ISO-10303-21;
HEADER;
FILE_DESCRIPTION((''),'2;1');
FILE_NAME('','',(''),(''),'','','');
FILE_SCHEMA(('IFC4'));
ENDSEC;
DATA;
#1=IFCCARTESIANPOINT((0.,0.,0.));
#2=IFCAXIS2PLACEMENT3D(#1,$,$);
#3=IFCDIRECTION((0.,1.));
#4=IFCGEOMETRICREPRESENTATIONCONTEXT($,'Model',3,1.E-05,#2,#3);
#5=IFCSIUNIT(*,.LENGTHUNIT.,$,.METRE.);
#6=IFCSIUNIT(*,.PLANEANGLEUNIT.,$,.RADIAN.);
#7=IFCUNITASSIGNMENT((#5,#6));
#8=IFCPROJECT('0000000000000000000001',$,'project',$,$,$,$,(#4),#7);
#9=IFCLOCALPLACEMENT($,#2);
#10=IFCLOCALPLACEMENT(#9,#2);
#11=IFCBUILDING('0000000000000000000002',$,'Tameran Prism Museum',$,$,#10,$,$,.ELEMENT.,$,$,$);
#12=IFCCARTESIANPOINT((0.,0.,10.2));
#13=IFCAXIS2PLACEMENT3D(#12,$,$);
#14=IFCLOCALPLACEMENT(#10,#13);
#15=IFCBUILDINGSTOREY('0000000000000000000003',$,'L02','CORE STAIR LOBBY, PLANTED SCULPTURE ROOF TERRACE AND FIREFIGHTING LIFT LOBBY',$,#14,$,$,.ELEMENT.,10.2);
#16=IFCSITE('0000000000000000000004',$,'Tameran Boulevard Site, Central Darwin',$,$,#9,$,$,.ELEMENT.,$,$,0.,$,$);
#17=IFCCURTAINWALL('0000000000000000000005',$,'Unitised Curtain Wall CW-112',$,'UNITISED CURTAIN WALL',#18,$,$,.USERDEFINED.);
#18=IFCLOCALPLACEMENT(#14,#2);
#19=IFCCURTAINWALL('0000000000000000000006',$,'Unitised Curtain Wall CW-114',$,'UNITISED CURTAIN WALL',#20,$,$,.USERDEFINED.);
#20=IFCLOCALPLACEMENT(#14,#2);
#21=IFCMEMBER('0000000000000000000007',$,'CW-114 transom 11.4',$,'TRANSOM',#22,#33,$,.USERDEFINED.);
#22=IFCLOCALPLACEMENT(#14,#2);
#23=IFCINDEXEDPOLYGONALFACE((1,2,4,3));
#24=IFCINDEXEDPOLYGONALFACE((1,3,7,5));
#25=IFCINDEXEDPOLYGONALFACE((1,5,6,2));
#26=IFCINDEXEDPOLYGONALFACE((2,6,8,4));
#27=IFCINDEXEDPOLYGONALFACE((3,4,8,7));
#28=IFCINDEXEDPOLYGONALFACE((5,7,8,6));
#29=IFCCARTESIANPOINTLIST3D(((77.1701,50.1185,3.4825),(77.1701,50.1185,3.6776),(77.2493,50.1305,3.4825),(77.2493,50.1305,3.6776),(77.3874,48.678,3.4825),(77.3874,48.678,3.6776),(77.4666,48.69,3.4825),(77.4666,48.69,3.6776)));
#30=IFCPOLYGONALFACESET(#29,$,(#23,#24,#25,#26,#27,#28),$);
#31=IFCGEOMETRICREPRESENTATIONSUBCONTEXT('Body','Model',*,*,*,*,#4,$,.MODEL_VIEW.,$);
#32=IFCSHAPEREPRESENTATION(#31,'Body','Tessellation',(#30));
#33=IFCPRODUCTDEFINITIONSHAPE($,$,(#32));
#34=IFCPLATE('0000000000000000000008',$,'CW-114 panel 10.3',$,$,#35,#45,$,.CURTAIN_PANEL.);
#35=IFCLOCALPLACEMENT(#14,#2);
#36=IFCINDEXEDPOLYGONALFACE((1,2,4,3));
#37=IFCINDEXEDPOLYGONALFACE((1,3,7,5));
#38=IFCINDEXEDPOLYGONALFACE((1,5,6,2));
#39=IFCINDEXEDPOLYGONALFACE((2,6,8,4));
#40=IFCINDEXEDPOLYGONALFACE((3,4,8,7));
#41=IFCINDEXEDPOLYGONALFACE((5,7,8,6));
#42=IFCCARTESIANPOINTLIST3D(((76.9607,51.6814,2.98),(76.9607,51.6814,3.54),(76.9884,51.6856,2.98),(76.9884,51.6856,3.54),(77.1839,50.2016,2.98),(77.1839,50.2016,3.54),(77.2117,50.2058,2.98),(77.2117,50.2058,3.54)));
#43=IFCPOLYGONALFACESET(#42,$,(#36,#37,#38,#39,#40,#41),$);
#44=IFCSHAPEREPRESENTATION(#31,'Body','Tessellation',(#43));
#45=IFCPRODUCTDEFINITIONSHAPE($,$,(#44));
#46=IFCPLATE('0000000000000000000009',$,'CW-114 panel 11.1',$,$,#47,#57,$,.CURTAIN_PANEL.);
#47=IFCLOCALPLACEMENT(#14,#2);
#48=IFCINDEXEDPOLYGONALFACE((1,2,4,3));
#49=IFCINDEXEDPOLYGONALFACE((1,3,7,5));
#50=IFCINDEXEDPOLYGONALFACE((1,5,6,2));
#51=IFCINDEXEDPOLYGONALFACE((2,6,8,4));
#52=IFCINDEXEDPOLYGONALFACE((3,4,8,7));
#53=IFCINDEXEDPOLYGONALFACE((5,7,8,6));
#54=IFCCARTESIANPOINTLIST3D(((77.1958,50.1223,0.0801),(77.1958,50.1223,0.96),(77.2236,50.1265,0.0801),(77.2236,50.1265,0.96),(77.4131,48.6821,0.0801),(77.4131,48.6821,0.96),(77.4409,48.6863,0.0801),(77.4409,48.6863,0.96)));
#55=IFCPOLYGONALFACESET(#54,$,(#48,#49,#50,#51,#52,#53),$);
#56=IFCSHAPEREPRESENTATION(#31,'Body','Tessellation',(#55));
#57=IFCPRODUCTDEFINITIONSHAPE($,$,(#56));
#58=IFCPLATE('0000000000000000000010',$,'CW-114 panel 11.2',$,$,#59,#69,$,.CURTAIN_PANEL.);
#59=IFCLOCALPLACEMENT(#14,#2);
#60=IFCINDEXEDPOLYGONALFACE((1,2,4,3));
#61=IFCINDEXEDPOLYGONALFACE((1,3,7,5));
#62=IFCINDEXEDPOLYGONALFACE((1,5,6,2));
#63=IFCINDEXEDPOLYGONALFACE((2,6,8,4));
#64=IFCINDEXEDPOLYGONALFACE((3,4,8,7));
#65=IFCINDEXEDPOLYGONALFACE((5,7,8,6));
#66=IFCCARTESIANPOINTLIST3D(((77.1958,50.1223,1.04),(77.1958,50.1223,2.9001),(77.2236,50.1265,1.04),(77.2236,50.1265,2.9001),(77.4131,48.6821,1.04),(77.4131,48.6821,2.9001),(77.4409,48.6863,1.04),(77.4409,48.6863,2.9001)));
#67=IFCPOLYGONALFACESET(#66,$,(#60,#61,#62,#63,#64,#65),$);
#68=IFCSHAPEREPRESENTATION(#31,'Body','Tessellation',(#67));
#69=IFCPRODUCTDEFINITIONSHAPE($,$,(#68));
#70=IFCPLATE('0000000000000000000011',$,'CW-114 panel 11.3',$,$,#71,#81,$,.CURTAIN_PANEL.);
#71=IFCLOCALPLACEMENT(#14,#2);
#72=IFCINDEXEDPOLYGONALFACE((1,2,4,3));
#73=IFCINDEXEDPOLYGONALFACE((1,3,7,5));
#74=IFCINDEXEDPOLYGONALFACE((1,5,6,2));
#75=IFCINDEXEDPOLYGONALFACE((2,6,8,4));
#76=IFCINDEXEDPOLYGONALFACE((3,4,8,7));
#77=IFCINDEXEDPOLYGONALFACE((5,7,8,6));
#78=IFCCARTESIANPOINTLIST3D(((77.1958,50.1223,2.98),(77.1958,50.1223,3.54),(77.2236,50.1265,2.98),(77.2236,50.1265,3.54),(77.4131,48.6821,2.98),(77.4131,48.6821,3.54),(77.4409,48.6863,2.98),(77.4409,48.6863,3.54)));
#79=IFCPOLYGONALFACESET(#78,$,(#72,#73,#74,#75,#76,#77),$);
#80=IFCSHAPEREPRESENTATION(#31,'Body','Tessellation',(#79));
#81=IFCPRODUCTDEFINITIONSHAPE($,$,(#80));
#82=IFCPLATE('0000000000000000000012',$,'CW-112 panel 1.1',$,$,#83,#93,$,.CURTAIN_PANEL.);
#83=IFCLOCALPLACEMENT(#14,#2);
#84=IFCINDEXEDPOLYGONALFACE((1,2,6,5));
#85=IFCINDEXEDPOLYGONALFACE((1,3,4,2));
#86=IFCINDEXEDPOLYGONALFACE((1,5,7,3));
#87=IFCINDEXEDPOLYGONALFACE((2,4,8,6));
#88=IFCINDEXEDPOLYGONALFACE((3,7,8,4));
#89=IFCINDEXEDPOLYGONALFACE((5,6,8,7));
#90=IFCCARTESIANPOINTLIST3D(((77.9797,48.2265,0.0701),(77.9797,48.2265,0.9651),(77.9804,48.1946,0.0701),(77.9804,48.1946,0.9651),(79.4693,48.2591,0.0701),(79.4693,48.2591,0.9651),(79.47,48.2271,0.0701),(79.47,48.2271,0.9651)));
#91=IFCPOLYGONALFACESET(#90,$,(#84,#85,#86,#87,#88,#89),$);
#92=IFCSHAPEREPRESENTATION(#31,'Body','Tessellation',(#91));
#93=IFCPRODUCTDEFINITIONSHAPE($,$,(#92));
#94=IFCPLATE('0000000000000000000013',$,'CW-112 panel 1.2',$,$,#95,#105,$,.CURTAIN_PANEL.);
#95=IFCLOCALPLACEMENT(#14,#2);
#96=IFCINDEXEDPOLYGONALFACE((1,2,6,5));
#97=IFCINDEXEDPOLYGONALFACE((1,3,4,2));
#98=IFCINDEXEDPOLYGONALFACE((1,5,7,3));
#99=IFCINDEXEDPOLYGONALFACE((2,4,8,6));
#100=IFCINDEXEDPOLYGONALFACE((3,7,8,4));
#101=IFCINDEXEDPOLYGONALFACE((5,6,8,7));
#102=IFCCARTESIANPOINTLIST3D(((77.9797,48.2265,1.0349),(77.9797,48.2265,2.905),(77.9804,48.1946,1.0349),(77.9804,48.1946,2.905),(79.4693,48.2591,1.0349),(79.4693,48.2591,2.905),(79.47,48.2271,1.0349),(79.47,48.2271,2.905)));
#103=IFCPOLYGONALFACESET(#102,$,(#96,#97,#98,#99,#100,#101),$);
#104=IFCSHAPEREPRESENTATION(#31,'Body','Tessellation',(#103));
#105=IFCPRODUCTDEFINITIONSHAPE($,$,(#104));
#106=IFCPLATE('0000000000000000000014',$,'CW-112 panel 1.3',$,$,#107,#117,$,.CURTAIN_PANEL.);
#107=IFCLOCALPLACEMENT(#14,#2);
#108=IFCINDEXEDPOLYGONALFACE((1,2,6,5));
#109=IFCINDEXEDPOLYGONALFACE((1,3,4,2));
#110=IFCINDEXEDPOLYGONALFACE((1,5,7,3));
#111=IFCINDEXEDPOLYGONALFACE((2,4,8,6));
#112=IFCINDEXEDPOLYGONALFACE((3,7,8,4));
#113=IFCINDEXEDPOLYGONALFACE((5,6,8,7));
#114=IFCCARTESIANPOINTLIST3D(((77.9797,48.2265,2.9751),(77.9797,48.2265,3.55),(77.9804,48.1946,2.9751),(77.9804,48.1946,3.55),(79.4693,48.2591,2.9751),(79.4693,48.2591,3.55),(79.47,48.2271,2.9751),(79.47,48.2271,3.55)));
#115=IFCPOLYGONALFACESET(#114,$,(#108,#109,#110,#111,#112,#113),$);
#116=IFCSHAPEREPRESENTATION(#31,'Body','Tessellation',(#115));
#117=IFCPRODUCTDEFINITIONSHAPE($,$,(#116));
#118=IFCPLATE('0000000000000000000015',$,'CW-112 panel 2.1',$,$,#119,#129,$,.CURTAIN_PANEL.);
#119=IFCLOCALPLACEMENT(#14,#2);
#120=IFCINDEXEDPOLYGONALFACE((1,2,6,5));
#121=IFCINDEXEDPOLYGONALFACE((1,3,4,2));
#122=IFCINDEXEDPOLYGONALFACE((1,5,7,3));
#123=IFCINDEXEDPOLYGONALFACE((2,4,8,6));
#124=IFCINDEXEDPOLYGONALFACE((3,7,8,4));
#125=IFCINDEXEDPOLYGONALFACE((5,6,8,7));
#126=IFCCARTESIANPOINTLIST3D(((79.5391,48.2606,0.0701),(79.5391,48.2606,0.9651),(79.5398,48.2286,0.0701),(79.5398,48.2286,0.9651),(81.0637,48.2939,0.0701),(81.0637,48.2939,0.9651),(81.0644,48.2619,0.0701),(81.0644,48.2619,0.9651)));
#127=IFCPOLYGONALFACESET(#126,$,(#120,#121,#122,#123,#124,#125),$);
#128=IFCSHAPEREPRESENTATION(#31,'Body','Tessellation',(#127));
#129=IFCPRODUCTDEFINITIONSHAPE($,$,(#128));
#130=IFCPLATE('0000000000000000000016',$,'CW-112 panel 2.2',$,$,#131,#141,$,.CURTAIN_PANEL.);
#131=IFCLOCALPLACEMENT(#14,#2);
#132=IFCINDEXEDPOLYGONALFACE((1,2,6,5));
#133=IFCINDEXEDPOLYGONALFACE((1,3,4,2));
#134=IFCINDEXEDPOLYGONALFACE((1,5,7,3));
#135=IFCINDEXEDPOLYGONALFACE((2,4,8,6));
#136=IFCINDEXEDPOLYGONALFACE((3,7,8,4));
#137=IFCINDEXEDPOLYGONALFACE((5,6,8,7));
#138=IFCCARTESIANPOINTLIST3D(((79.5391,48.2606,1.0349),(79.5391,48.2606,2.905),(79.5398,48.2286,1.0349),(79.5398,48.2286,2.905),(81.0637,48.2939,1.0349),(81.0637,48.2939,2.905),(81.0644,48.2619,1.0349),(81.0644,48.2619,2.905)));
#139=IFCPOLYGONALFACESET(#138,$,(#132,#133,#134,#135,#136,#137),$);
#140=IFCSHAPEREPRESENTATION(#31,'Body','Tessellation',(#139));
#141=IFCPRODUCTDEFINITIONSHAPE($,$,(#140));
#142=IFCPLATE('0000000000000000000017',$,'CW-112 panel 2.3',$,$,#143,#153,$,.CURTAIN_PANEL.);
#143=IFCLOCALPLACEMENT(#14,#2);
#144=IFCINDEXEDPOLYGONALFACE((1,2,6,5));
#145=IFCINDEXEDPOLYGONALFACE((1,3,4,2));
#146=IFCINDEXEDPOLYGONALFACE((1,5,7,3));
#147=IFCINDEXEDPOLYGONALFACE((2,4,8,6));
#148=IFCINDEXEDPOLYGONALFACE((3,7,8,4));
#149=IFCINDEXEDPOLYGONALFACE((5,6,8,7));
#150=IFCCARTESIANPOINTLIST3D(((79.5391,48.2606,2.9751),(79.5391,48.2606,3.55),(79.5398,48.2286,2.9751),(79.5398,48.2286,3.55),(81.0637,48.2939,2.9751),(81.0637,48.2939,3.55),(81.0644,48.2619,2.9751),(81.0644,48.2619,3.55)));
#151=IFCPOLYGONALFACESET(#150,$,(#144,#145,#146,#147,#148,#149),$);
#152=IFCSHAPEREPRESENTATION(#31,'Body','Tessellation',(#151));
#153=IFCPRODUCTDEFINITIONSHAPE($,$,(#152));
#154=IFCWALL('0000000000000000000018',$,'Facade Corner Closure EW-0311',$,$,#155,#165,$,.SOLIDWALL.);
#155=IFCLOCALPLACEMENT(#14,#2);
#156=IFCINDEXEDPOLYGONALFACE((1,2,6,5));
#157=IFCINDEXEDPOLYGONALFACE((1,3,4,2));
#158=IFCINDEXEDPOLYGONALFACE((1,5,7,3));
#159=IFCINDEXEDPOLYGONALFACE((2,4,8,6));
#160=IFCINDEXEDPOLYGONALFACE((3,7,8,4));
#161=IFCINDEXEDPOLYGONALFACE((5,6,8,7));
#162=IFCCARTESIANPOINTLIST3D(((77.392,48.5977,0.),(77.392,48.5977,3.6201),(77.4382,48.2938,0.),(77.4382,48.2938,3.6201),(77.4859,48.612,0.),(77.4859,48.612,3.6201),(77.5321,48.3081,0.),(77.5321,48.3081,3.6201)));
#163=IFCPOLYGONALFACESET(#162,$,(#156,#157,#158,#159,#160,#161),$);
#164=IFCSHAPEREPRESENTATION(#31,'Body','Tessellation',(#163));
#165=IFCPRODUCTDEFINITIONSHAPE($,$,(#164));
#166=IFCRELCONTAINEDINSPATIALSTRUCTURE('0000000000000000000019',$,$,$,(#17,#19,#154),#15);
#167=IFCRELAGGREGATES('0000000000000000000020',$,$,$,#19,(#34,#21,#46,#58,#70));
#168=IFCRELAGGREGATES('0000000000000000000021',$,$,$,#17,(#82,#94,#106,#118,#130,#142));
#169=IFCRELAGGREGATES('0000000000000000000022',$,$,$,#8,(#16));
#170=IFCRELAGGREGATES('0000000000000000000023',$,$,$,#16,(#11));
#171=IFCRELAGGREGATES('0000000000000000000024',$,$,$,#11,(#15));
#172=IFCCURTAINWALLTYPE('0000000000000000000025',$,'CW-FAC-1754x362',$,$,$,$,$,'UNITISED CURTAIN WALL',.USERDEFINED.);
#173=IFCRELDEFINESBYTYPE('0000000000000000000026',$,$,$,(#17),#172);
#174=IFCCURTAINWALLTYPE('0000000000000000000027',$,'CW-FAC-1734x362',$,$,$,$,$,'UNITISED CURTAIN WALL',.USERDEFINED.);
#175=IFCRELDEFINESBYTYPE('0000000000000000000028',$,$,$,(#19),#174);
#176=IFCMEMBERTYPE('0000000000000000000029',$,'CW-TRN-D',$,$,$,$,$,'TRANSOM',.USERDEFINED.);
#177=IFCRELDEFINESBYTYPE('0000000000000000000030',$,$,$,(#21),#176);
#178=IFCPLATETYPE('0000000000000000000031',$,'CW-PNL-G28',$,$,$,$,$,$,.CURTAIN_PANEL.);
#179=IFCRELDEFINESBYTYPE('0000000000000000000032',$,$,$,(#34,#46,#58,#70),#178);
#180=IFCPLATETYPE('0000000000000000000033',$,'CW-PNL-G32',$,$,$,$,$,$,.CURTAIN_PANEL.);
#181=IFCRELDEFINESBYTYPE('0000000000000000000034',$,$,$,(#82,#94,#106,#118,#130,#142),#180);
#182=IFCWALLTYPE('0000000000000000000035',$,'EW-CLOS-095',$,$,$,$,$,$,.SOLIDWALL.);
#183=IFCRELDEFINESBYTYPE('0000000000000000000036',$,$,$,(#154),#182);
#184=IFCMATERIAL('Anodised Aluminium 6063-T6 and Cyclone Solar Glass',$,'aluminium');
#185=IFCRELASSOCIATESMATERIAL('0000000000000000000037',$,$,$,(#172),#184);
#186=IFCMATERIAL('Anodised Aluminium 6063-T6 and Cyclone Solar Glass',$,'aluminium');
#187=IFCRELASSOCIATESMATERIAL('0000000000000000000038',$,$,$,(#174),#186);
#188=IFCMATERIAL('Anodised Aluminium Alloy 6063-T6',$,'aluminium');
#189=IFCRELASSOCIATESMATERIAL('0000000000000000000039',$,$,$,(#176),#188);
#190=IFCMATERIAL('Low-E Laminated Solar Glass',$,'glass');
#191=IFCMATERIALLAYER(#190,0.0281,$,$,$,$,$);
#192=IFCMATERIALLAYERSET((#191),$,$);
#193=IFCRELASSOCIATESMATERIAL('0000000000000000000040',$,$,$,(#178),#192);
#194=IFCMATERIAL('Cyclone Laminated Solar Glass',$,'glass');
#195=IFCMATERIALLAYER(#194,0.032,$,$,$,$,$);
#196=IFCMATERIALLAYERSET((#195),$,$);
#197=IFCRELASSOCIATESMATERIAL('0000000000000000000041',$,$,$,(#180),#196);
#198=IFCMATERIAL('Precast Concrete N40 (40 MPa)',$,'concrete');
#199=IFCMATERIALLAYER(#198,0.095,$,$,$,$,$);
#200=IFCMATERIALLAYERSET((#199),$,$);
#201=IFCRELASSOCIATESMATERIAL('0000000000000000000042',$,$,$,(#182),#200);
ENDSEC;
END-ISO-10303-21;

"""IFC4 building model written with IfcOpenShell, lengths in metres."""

from ifc_helpers import new_model, si_unit, direction, frame, frame_2d, origin, origin_2d, place, context, subcontext, project, spatial, rectangle, extrude, material, layer, layer_set, material_profile, profile_set, type_object, element, aggregate, save


model = new_model("IFC4")

# Units and contexts
model_context = context("Model", 3, precision=1e-05, world=origin(), true_north=direction((0.0, 1.0)))
body_context = subcontext(model_context, "Body", "Model", "MODEL_VIEW")
ifc_project = project(units=[si_unit("LENGTHUNIT", "METRE"), si_unit("PLANEANGLEUNIT", "RADIAN")], contexts=[model_context])

# Site, building, storey
site_placement = place(None, origin())
site = spatial("IfcSite", under=ifc_project, at=site_placement, Name="Tameran Boulevard Site, Central Darwin", CompositionType="ELEMENT", RefElevation=0.0)
building_placement = place(site_placement, origin())
building = spatial("IfcBuilding", under=site, at=building_placement, Name="Tameran Prism Museum", CompositionType="ELEMENT")
storey_placement = place(building_placement, frame((0.0, 0.0, 10.2)))
storey = spatial("IfcBuildingStorey", under=building, at=storey_placement, Name="L02", Description="CORE STAIR LOBBY, PLANTED SCULPTURE ROOF TERRACE AND FIREFIGHTING LIFT LOBBY", CompositionType="ELEMENT", Elevation=10.2)

# Curtain wall
ifc_material_1 = material(Name="Anodised Aluminium 6063-T6 and Cyclone Solar Glass", Category="aluminium")
curtain_wall_type_1 = type_object("IfcCurtainWallType", Name="CW-FAC-1754x362", ElementType="UNITISED CURTAIN WALL", PredefinedType="USERDEFINED", material=ifc_material_1)
curtain_wall_1_placement = place(storey_placement, origin())
curtain_wall_1 = element("IfcCurtainWall", 1, at=curtain_wall_1_placement, inside=storey, type_object=curtain_wall_type_1, Name="Unitised Curtain Wall CW-112", ObjectType="UNITISED CURTAIN WALL", PredefinedType="USERDEFINED")

# Curtain wall
ifc_material_2 = material(Name="Anodised Aluminium 6063-T6 and Cyclone Solar Glass", Category="aluminium")
curtain_wall_type_2 = type_object("IfcCurtainWallType", Name="CW-FAC-1734x362", ElementType="UNITISED CURTAIN WALL", PredefinedType="USERDEFINED", material=ifc_material_2)
curtain_wall_2_placement = place(storey_placement, origin())
curtain_wall_2 = element("IfcCurtainWall", 2, at=curtain_wall_2_placement, inside=storey, type_object=curtain_wall_type_2, Name="Unitised Curtain Wall CW-114", ObjectType="UNITISED CURTAIN WALL", PredefinedType="USERDEFINED")

# Member
ifc_material_3 = material(Name="Anodised Aluminium Alloy 6063-T6", Category="aluminium")
ifc_material_profile_1 = material_profile(ifc_material_3, rectangle(XDim=0.0801, YDim=0.1951, at=origin_2d()))
ifc_profile_set_1 = profile_set([ifc_material_profile_1])
member_type_1 = type_object("IfcMemberType", Name="CW-TRN-D", ElementType="TRANSOM", PredefinedType="USERDEFINED", material=ifc_profile_set_1)
member_1_placement = place(storey_placement, frame((77.2097, 50.1245, 3.5801), z_axis=(0.14916, -0.988813, 0.0), x_axis=(0.988813, 0.14916, 0.0)))
member_1 = element("IfcMember", 3, at=member_1_placement, type_object=member_type_1, Name="CW-114 transom 11.4", ObjectType="TRANSOM", PredefinedType="USERDEFINED", context=body_context, shape_type="SweptSolid", body=[
    extrude(rectangle(XDim=0.0801, YDim=0.1951, at=origin_2d()), origin(), (0.0, 0.0, 1.0), 1.4568),
])

# Plates
ifc_material_4 = material(Name="Low-E Laminated Solar Glass", Category="glass")
ifc_layer_1 = layer(ifc_material_4, 0.0281)
ifc_layer_set_1 = layer_set([ifc_layer_1])
plate_type_1 = type_object("IfcPlateType", Name="CW-PNL-G28", PredefinedType="CURTAIN_PANEL", material=ifc_layer_set_1)
plate_1_placement = place(storey_placement, frame((77.0862, 50.9436, 2.98), z_axis=(0.0, 0.0, 1.0), x_axis=(0.149167, -0.988812, 0.0)))
plate_1 = element("IfcPlate", 4, at=plate_1_placement, type_object=plate_type_1, Name="CW-114 panel 10.3", PredefinedType="CURTAIN_PANEL", context=body_context, shape_type="SweptSolid", body=[
    extrude(rectangle(XDim=1.4966, YDim=0.0281, at=origin_2d()), origin(), (0.0, 0.0, 1.0), 0.5601),
])
plate_2_placement = place(storey_placement, frame((77.3184, 49.4043, 0.0801), z_axis=(0.0, 0.0, 1.0), x_axis=(0.149167, -0.988812, 0.0)))
plate_2 = element("IfcPlate", 5, at=plate_2_placement, type_object=plate_type_1, Name="CW-114 panel 11.1", PredefinedType="CURTAIN_PANEL", context=body_context, shape_type="SweptSolid", body=[
    extrude(rectangle(XDim=1.4565, YDim=0.0281, at=origin_2d()), origin(), (0.0, 0.0, 1.0), 0.8799),
])
plate_3_placement = place(storey_placement, frame((77.3184, 49.4043, 1.04), z_axis=(0.0, 0.0, 1.0), x_axis=(0.149167, -0.988812, 0.0)))
plate_3 = element("IfcPlate", 6, at=plate_3_placement, type_object=plate_type_1, Name="CW-114 panel 11.2", PredefinedType="CURTAIN_PANEL", context=body_context, shape_type="SweptSolid", body=[
    extrude(rectangle(XDim=1.4565, YDim=0.0281, at=origin_2d()), origin(), (0.0, 0.0, 1.0), 1.8601),
])
plate_4_placement = place(storey_placement, frame((77.3184, 49.4043, 2.98), z_axis=(0.0, 0.0, 1.0), x_axis=(0.149167, -0.988812, 0.0)))
plate_4 = element("IfcPlate", 7, at=plate_4_placement, type_object=plate_type_1, Name="CW-114 panel 11.3", PredefinedType="CURTAIN_PANEL", context=body_context, shape_type="SweptSolid", body=[
    extrude(rectangle(XDim=1.4565, YDim=0.0281, at=origin_2d()), origin(), (0.0, 0.0, 1.0), 0.5601),
])
aggregate(curtain_wall_2, [plate_1, member_1, plate_2, plate_3, plate_4])
ifc_material_5 = material(Name="Cyclone Laminated Solar Glass", Category="glass")
ifc_layer_2 = layer(ifc_material_5, 0.032)
ifc_layer_set_2 = layer_set([ifc_layer_2])
plate_type_2 = type_object("IfcPlateType", Name="CW-PNL-G32", PredefinedType="CURTAIN_PANEL", material=ifc_layer_set_2)
plate_5_placement = place(storey_placement, frame((78.7249, 48.2268, 0.0701), z_axis=(0.0, 0.0, 1.0), x_axis=(0.999762, 0.021831, 0.0)))
plate_5 = element("IfcPlate", 8, at=plate_5_placement, type_object=plate_type_2, Name="CW-112 panel 1.1", PredefinedType="CURTAIN_PANEL", context=body_context, shape_type="SweptSolid", body=[
    extrude(rectangle(XDim=1.49, YDim=0.032, at=origin_2d()), origin(), (0.0, 0.0, 1.0), 0.895),
])
plate_6_placement = place(storey_placement, frame((78.7249, 48.2268, 1.0349), z_axis=(0.0, 0.0, 1.0), x_axis=(0.999762, 0.021831, 0.0)))
plate_6 = element("IfcPlate", 9, at=plate_6_placement, type_object=plate_type_2, Name="CW-112 panel 1.2", PredefinedType="CURTAIN_PANEL", context=body_context, shape_type="SweptSolid", body=[
    extrude(rectangle(XDim=1.49, YDim=0.032, at=origin_2d()), origin(), (0.0, 0.0, 1.0), 1.8701),
])
plate_7_placement = place(storey_placement, frame((78.7249, 48.2268, 2.9751), z_axis=(0.0, 0.0, 1.0), x_axis=(0.999762, 0.021831, 0.0)))
plate_7 = element("IfcPlate", 10, at=plate_7_placement, type_object=plate_type_2, Name="CW-112 panel 1.3", PredefinedType="CURTAIN_PANEL", context=body_context, shape_type="SweptSolid", body=[
    extrude(rectangle(XDim=1.49, YDim=0.032, at=origin_2d()), origin(), (0.0, 0.0, 1.0), 0.575),
])
plate_8_placement = place(storey_placement, frame((80.3018, 48.2612, 0.0701), z_axis=(0.0, 0.0, 1.0), x_axis=(0.999762, 0.021831, 0.0)))
plate_8 = element("IfcPlate", 11, at=plate_8_placement, type_object=plate_type_2, Name="CW-112 panel 2.1", PredefinedType="CURTAIN_PANEL", context=body_context, shape_type="SweptSolid", body=[
    extrude(rectangle(XDim=1.5249, YDim=0.032, at=origin_2d()), origin(), (0.0, 0.0, 1.0), 0.895),
])
plate_9_placement = place(storey_placement, frame((80.3018, 48.2612, 1.0349), z_axis=(0.0, 0.0, 1.0), x_axis=(0.999762, 0.021831, 0.0)))
plate_9 = element("IfcPlate", 12, at=plate_9_placement, type_object=plate_type_2, Name="CW-112 panel 2.2", PredefinedType="CURTAIN_PANEL", context=body_context, shape_type="SweptSolid", body=[
    extrude(rectangle(XDim=1.5249, YDim=0.032, at=origin_2d()), origin(), (0.0, 0.0, 1.0), 1.8701),
])
plate_10_placement = place(storey_placement, frame((80.3018, 48.2612, 2.9751), z_axis=(0.0, 0.0, 1.0), x_axis=(0.999762, 0.021831, 0.0)))
plate_10 = element("IfcPlate", 13, at=plate_10_placement, type_object=plate_type_2, Name="CW-112 panel 2.3", PredefinedType="CURTAIN_PANEL", context=body_context, shape_type="SweptSolid", body=[
    extrude(rectangle(XDim=1.5249, YDim=0.032, at=origin_2d()), origin(), (0.0, 0.0, 1.0), 0.575),
])
aggregate(curtain_wall_1, [plate_5, plate_6, plate_7, plate_8, plate_9, plate_10])

# Wall
ifc_material_6 = material(Name="Precast Concrete N40 (40 MPa)", Category="concrete")
ifc_layer_3 = layer(ifc_material_6, 0.095)
ifc_layer_set_3 = layer_set([ifc_layer_3])
wall_type = type_object("IfcWallType", Name="EW-CLOS-095", PredefinedType="SOLIDWALL", material=ifc_layer_set_3)
wall_placement = place(storey_placement, frame((77.439, 48.605, 0.0), z_axis=(0.0, 0.0, 1.0), x_axis=(0.150088, -0.988673, 0.0)))
element("IfcWall", 14, at=wall_placement, inside=storey, type_object=wall_type, Name="Facade Corner Closure EW-0311", PredefinedType="SOLIDWALL", context=body_context, shape_type="SweptSolid", body=[
    extrude(rectangle(XDim=0.3074, YDim=0.095, at=frame_2d((0.1538, 0.0))), origin(), (0.0, 0.0, 1.0), 3.6201),
])

save(model, "model.ifc")
